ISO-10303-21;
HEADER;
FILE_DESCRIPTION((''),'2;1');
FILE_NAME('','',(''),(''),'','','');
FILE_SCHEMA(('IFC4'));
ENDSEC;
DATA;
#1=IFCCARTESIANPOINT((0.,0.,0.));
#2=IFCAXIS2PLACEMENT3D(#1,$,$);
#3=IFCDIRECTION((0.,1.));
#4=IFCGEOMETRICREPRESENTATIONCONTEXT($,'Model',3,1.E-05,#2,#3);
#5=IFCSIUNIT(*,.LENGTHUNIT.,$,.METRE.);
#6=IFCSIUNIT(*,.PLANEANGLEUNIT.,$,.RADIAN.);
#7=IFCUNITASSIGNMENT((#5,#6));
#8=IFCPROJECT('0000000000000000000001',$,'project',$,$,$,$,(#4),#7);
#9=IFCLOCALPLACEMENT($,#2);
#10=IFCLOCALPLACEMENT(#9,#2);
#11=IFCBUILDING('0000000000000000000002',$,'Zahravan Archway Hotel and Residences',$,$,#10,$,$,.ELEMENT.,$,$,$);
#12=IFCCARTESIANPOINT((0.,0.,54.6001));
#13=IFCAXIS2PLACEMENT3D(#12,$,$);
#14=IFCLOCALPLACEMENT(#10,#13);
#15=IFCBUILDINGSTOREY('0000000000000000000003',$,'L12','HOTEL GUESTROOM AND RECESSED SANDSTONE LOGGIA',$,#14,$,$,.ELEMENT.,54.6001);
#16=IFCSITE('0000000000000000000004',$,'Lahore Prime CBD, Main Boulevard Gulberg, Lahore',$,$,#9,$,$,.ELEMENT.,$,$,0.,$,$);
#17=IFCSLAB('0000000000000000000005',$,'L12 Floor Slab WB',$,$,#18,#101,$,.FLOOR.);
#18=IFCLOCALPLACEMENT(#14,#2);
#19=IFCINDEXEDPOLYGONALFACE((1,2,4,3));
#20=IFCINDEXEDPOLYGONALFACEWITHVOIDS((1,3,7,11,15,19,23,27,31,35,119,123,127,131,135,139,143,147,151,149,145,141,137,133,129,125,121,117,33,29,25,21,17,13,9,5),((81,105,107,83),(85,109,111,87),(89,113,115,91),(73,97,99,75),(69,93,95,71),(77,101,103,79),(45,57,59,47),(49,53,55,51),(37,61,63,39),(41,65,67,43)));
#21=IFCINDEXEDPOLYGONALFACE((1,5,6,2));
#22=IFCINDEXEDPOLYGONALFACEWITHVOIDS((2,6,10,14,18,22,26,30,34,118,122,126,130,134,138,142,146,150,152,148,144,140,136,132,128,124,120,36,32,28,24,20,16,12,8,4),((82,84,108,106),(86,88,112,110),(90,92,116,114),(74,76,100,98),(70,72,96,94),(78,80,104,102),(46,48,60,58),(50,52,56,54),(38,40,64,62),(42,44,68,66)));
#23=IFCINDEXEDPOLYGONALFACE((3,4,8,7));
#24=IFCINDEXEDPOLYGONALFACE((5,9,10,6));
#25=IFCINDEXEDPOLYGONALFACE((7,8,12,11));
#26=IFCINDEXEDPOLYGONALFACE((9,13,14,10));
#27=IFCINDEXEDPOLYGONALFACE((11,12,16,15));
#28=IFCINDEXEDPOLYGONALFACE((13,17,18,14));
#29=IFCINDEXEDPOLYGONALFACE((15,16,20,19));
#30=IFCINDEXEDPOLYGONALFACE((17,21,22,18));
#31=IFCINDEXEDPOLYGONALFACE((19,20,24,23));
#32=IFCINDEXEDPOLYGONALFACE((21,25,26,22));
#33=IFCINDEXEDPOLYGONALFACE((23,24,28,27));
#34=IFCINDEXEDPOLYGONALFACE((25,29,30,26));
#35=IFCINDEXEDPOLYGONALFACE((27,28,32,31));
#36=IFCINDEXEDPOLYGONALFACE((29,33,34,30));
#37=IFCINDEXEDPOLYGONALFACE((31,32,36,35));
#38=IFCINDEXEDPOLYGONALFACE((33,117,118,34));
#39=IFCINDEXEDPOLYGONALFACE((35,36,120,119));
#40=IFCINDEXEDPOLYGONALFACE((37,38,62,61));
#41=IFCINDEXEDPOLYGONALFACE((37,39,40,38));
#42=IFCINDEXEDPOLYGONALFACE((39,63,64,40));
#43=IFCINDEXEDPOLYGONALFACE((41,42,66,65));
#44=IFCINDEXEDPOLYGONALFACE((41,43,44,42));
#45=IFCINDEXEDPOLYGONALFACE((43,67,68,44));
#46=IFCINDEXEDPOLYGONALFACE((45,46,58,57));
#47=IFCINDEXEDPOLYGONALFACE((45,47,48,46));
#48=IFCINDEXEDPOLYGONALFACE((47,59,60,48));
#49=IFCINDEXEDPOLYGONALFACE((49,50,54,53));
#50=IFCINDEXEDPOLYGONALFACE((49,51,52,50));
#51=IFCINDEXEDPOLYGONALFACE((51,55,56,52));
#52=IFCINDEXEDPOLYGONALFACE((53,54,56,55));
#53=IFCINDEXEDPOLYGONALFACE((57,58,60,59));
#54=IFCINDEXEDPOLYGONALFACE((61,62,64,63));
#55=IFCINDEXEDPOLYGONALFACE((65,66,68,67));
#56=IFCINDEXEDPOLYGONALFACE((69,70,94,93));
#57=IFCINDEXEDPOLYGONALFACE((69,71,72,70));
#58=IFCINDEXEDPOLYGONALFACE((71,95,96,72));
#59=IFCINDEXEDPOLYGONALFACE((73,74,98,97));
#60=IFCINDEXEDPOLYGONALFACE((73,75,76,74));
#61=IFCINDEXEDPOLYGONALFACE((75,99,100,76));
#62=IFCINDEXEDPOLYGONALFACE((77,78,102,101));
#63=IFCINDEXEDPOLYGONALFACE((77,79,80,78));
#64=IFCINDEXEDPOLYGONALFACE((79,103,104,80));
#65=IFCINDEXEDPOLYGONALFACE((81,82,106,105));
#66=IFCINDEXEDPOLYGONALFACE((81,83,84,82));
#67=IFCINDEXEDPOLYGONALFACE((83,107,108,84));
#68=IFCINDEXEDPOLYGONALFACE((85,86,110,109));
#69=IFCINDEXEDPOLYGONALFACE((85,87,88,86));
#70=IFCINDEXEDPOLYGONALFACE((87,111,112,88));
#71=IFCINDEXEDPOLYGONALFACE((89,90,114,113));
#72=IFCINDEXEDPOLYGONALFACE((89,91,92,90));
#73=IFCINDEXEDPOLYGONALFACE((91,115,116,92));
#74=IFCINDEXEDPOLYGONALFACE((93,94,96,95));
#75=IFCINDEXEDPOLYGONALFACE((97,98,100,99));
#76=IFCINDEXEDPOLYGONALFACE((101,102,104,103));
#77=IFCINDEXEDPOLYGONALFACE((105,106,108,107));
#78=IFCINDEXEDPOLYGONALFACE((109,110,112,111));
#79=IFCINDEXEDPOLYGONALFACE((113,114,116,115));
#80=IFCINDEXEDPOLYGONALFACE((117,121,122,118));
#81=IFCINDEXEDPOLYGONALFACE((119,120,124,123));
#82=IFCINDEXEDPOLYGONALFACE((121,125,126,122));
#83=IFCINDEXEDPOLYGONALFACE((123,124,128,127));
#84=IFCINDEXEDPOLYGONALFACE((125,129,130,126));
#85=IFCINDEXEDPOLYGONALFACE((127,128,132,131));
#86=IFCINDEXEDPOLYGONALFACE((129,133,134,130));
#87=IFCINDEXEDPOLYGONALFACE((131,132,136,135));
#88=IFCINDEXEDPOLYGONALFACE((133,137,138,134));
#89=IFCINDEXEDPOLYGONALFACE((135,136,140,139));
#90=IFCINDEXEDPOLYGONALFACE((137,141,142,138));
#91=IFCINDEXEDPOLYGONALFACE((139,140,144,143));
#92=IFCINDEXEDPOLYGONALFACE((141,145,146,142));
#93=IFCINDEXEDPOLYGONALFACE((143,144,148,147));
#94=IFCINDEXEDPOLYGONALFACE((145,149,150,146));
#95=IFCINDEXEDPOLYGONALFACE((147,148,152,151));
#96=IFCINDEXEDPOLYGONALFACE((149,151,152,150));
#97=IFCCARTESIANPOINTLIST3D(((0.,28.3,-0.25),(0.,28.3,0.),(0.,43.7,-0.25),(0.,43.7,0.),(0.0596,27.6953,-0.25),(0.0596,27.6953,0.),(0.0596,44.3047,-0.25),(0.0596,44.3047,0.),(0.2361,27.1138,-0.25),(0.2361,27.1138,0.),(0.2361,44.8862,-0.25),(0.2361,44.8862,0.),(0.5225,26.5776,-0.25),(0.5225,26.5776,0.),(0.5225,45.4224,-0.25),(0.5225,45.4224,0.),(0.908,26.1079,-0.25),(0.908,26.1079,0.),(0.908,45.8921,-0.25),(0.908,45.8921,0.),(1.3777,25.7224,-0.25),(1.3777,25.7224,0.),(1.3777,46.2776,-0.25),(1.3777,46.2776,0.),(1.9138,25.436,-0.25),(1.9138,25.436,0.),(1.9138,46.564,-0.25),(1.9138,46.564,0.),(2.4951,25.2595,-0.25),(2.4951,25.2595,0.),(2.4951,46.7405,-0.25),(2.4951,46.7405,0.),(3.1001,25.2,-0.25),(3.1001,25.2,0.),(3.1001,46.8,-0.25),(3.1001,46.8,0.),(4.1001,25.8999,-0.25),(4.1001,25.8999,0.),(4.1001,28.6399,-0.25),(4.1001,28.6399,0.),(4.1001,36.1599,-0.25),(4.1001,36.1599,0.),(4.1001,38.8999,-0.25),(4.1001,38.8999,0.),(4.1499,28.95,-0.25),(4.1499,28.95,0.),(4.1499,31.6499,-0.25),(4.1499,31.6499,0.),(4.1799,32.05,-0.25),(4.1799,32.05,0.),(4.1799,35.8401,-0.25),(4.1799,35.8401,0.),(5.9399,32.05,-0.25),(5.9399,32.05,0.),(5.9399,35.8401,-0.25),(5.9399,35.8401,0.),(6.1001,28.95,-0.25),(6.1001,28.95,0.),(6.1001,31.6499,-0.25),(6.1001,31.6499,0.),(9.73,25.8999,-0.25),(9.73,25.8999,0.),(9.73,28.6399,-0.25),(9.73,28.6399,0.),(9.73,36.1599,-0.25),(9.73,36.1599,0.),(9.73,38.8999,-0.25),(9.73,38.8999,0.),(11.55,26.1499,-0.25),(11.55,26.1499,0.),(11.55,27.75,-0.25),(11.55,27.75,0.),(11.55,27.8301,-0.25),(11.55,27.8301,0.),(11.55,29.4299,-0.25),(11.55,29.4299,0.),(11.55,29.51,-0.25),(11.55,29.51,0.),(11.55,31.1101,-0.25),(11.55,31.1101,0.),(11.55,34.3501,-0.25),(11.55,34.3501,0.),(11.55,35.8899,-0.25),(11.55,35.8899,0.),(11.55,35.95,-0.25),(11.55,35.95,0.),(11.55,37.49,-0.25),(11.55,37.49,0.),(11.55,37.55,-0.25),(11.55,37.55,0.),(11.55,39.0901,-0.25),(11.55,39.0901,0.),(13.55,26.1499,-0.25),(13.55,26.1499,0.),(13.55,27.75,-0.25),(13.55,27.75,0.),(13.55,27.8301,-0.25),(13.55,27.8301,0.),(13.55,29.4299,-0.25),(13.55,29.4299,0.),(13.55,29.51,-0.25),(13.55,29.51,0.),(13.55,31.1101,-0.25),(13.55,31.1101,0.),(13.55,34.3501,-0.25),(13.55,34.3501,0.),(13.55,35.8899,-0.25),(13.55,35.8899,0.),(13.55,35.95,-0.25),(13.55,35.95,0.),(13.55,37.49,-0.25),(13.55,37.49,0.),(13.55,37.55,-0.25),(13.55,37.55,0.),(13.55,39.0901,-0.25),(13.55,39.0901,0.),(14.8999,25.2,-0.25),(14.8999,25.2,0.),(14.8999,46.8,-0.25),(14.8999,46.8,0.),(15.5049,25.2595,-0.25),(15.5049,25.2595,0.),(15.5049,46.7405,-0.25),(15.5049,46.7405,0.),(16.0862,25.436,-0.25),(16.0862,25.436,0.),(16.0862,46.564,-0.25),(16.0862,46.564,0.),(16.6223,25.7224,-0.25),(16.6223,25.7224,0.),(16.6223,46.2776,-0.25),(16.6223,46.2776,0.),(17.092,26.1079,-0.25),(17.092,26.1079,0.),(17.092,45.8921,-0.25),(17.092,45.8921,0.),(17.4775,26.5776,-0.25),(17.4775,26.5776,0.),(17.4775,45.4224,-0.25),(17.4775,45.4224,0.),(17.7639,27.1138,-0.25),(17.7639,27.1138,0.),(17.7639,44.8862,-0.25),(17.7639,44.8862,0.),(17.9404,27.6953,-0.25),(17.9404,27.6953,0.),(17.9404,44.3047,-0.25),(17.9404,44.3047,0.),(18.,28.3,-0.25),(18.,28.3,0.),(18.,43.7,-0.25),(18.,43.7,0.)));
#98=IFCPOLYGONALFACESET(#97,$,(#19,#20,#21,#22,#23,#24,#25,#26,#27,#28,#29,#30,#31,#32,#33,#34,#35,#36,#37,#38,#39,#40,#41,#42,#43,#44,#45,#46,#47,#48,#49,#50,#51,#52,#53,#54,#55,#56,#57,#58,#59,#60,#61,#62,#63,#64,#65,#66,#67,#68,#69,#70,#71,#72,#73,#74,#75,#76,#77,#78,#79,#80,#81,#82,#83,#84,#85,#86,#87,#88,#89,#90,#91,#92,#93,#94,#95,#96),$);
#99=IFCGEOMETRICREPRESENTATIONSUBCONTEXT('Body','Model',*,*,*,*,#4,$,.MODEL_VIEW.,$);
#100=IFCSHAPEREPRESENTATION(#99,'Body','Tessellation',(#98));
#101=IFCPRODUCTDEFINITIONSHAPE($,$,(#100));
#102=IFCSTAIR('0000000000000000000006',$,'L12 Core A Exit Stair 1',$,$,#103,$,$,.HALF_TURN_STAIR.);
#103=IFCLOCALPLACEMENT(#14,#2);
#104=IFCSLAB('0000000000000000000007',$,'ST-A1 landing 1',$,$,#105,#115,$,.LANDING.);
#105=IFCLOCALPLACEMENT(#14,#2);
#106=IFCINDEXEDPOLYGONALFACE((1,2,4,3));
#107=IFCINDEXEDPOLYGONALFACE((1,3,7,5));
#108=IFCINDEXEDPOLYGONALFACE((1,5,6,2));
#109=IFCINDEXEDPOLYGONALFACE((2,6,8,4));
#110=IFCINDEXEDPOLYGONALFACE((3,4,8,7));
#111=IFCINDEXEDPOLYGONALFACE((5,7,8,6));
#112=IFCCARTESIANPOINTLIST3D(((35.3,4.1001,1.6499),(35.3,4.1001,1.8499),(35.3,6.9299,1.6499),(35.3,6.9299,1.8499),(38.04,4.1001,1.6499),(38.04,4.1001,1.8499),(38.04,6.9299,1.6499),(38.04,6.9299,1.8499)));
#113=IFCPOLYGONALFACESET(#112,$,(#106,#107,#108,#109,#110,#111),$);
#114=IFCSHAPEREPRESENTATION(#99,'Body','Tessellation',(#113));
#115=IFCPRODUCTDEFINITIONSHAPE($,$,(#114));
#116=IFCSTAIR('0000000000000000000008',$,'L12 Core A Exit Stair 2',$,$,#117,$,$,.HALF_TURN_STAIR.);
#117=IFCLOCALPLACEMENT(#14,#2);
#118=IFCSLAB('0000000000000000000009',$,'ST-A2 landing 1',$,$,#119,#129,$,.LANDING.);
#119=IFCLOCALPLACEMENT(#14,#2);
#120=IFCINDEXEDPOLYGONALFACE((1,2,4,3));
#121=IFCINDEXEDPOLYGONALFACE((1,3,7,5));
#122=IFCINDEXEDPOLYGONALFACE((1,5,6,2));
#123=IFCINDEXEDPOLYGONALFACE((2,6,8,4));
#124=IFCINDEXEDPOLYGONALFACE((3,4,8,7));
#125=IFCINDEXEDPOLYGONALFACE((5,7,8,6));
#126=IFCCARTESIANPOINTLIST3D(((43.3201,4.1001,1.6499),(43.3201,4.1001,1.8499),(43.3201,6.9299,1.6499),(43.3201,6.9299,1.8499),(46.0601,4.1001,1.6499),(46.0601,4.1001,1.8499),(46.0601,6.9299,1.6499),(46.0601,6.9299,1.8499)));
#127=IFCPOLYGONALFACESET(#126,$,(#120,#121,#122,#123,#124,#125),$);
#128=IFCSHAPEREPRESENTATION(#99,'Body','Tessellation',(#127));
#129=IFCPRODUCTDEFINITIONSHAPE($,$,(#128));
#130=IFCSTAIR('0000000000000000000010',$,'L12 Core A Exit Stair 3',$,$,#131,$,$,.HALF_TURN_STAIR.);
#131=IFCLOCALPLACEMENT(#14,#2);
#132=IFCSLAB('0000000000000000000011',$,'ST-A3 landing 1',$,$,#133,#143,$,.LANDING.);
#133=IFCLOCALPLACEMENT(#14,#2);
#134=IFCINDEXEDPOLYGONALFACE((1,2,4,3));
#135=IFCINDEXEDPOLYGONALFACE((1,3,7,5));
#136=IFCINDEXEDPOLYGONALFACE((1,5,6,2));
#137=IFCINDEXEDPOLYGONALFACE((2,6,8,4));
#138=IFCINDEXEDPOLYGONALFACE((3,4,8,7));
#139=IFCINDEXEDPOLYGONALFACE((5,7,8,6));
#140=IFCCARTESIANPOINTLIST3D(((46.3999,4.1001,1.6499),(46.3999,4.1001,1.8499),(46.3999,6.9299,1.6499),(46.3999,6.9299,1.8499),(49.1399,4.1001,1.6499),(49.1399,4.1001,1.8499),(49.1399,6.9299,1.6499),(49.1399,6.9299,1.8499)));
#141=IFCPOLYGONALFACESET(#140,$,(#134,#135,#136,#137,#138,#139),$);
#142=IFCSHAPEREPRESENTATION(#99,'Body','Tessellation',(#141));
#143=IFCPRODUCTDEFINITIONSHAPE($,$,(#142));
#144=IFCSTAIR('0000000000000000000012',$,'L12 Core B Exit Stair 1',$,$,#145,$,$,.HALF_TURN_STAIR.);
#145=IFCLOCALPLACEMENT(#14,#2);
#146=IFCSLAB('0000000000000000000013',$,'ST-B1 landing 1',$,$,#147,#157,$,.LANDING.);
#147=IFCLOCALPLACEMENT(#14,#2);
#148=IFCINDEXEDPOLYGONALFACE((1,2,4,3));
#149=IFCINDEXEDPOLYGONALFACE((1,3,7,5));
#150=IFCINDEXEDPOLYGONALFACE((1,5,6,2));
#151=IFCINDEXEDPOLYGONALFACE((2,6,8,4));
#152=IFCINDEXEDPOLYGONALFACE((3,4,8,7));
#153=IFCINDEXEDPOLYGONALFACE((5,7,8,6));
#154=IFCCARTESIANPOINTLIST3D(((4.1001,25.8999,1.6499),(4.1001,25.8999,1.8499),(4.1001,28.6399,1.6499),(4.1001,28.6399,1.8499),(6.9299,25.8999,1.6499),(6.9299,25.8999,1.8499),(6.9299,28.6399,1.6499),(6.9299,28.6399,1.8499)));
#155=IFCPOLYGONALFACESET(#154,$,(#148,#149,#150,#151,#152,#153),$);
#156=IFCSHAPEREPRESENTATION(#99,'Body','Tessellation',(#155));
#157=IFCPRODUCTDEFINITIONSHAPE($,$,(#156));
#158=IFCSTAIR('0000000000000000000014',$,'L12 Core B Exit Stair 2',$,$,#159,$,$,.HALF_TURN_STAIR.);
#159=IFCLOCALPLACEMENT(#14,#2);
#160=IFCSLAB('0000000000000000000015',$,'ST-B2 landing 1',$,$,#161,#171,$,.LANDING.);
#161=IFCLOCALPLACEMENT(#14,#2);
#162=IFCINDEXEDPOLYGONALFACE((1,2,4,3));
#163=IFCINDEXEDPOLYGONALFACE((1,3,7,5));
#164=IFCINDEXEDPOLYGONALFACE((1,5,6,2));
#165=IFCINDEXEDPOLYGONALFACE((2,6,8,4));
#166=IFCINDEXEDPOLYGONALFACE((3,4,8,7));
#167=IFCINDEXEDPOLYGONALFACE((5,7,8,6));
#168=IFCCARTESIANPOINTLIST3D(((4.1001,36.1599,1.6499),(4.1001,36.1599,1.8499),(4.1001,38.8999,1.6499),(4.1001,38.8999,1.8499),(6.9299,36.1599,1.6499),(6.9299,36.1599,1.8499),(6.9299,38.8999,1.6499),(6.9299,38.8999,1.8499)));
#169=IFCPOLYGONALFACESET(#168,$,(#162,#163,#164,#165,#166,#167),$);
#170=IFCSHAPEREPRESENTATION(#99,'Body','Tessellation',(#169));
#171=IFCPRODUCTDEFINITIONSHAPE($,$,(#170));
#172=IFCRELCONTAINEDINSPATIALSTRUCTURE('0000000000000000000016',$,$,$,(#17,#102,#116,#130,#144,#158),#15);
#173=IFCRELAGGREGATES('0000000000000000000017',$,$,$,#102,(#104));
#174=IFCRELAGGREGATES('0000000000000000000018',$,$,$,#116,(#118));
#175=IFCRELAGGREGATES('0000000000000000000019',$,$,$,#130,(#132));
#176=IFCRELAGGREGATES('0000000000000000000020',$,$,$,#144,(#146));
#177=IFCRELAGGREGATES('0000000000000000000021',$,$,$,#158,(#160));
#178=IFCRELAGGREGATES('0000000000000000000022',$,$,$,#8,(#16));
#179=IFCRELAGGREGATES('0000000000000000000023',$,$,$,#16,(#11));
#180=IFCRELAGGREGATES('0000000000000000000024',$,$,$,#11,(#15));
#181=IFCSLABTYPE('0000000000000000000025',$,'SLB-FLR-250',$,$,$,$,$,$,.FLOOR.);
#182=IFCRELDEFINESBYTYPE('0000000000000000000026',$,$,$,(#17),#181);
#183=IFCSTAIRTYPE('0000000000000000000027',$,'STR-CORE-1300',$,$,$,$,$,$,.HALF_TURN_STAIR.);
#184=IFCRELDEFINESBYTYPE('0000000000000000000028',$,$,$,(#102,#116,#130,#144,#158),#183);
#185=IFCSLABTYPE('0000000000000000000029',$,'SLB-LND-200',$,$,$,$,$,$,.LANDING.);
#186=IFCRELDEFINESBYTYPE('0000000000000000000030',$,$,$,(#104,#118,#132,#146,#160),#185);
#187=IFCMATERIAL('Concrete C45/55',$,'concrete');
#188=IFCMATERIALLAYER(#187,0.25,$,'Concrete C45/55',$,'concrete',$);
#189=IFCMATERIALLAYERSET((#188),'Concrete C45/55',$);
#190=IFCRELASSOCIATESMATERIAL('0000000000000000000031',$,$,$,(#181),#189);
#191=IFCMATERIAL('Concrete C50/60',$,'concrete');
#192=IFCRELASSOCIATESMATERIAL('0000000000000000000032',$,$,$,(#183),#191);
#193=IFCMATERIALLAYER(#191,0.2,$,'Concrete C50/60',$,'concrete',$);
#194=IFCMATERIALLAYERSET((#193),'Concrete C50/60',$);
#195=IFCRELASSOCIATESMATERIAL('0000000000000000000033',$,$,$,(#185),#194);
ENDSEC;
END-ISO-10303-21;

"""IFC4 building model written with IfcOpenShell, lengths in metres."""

from ifc_helpers import new_model, si_unit, direction, frame, origin, place, context, subcontext, project, spatial, polyline, outline, extrude, material, layer, layer_set, type_object, element, aggregate, save


model = new_model("IFC4")

# Units and contexts
model_context = context("Model", 3, precision=1e-05, world=origin(), true_north=direction((0.0, 1.0)))
body_context = subcontext(model_context, "Body", "Model", "MODEL_VIEW")
ifc_project = project(units=[si_unit("LENGTHUNIT", "METRE"), si_unit("PLANEANGLEUNIT", "RADIAN")], contexts=[model_context])

# Site, building, storey
site_placement = place(None, origin())
site = spatial("IfcSite", under=ifc_project, at=site_placement, Name="Lahore Prime CBD, Main Boulevard Gulberg, Lahore", CompositionType="ELEMENT", RefElevation=0.0)
building_placement = place(site_placement, origin())
building = spatial("IfcBuilding", under=site, at=building_placement, Name="Zahravan Archway Hotel and Residences", CompositionType="ELEMENT")
storey_placement = place(building_placement, frame((0.0, 0.0, 54.6001)))
storey = spatial("IfcBuildingStorey", under=building, at=storey_placement, Name="L12", Description="HOTEL GUESTROOM AND RECESSED SANDSTONE LOGGIA", CompositionType="ELEMENT", Elevation=54.6001)

# Slab
ifc_material_1 = material(Name="Concrete C45/55", Category="concrete")
ifc_layer_1 = layer(ifc_material_1, 0.25, Name="Concrete C45/55", Category="concrete")
ifc_layer_set_1 = layer_set([ifc_layer_1], Name="Concrete C45/55")
slab_type_1 = type_object("IfcSlabType", Name="SLB-FLR-250", PredefinedType="FLOOR", material=ifc_layer_set_1)
slab_1_placement = place(storey_placement, frame((0.0, 0.0, -0.25)))
element("IfcSlab", 1, at=slab_1_placement, inside=storey, type_object=slab_type_1, Name="L12 Floor Slab WB", PredefinedType="FLOOR", context=body_context, shape_type="SweptSolid", body=[
    extrude(outline(polyline([(14.8999, 25.2), (15.5049, 25.2595), (16.0862, 25.436), (16.6223, 25.7224), (17.092, 26.1079), (17.4775, 26.5776), (17.7639, 27.1138), (17.9404, 27.6953), (18.0, 28.3), (18.0, 43.7), (17.9404, 44.3047), (17.7639, 44.8862), (17.4775, 45.4224), (17.092, 45.8921), (16.6223, 46.2776), (16.0862, 46.564), (15.5049, 46.7405), (14.8999, 46.8), (3.1001, 46.8), (2.4951, 46.7405), (1.9138, 46.564), (1.3777, 46.2776), (0.908, 45.8921), (0.5225, 45.4224), (0.2361, 44.8862), (0.0596, 44.3047), (0.0, 43.7), (0.0, 28.3), (0.0596, 27.6953), (0.2361, 27.1138), (0.5225, 26.5776), (0.908, 26.1079), (1.3777, 25.7224), (1.9138, 25.436), (2.4951, 25.2595), (3.1001, 25.2), (14.8999, 25.2)]), holes=[polyline([(9.73, 28.6399), (4.1001, 28.6399), (4.1001, 25.8999), (9.73, 25.8999), (9.73, 28.6399)]), polyline([(9.73, 38.8999), (4.1001, 38.8999), (4.1001, 36.1599), (9.73, 36.1599), (9.73, 38.8999)]), polyline([(4.1499, 28.95), (6.1001, 28.95), (6.1001, 31.6499), (4.1499, 31.6499), (4.1499, 28.95)]), polyline([(11.55, 26.1499), (13.55, 26.1499), (13.55, 27.75), (11.55, 27.75), (11.55, 26.1499)]), polyline([(11.55, 27.8301), (13.55, 27.8301), (13.55, 29.4299), (11.55, 29.4299), (11.55, 27.8301)]), polyline([(11.55, 29.51), (13.55, 29.51), (13.55, 31.1101), (11.55, 31.1101), (11.55, 29.51)]), polyline([(11.55, 34.3501), (13.55, 34.3501), (13.55, 35.8899), (11.55, 35.8899), (11.55, 34.3501)]), polyline([(11.55, 35.95), (13.55, 35.95), (13.55, 37.49), (11.55, 37.49), (11.55, 35.95)]), polyline([(11.55, 37.55), (13.55, 37.55), (13.55, 39.0901), (11.55, 39.0901), (11.55, 37.55)]), polyline([(4.1799, 32.05), (5.9399, 32.05), (5.9399, 35.8401), (4.1799, 35.8401), (4.1799, 32.05)])]), origin(), (0.0, 0.0, 1.0), 0.25),
])

# Stairs, slabs
ifc_material_2 = material(Name="Concrete C50/60", Category="concrete")
stair_type = type_object("IfcStairType", Name="STR-CORE-1300", PredefinedType="HALF_TURN_STAIR", material=ifc_material_2)
stair_1_placement = place(storey_placement, origin())
stair_1 = element("IfcStair", 2, at=stair_1_placement, inside=storey, type_object=stair_type, Name="L12 Core A Exit Stair 1", PredefinedType="HALF_TURN_STAIR")
ifc_layer_2 = layer(ifc_material_2, 0.2, Name="Concrete C50/60", Category="concrete")
ifc_layer_set_2 = layer_set([ifc_layer_2], Name="Concrete C50/60")
slab_type_2 = type_object("IfcSlabType", Name="SLB-LND-200", PredefinedType="LANDING", material=ifc_layer_set_2)
slab_2_placement = place(storey_placement, frame((0.0, 0.0, 1.6499)))
slab_2 = element("IfcSlab", 3, at=slab_2_placement, type_object=slab_type_2, Name="ST-A1 landing 1", PredefinedType="LANDING", context=body_context, shape_type="SweptSolid", body=[
    extrude(outline(polyline([(35.3, 6.9299), (35.3, 4.1001), (38.04, 4.1001), (38.04, 6.9299), (35.3, 6.9299)])), origin(), (0.0, 0.0, 1.0), 0.2),
])
aggregate(stair_1, [slab_2])
stair_2_placement = place(storey_placement, origin())
stair_2 = element("IfcStair", 4, at=stair_2_placement, inside=storey, type_object=stair_type, Name="L12 Core A Exit Stair 2", PredefinedType="HALF_TURN_STAIR")
slab_3_placement = place(storey_placement, frame((0.0, 0.0, 1.6499)))
slab_3 = element("IfcSlab", 5, at=slab_3_placement, type_object=slab_type_2, Name="ST-A2 landing 1", PredefinedType="LANDING", context=body_context, shape_type="SweptSolid", body=[
    extrude(outline(polyline([(43.3201, 6.9299), (43.3201, 4.1001), (46.0601, 4.1001), (46.0601, 6.9299), (43.3201, 6.9299)])), origin(), (0.0, 0.0, 1.0), 0.2),
])
aggregate(stair_2, [slab_3])
stair_3_placement = place(storey_placement, origin())
stair_3 = element("IfcStair", 6, at=stair_3_placement, inside=storey, type_object=stair_type, Name="L12 Core A Exit Stair 3", PredefinedType="HALF_TURN_STAIR")
slab_4_placement = place(storey_placement, frame((0.0, 0.0, 1.6499)))
slab_4 = element("IfcSlab", 7, at=slab_4_placement, type_object=slab_type_2, Name="ST-A3 landing 1", PredefinedType="LANDING", context=body_context, shape_type="SweptSolid", body=[
    extrude(outline(polyline([(46.3999, 6.9299), (46.3999, 4.1001), (49.1399, 4.1001), (49.1399, 6.9299), (46.3999, 6.9299)])), origin(), (0.0, 0.0, 1.0), 0.2),
])
aggregate(stair_3, [slab_4])
stair_4_placement = place(storey_placement, origin())
stair_4 = element("IfcStair", 8, at=stair_4_placement, inside=storey, type_object=stair_type, Name="L12 Core B Exit Stair 1", PredefinedType="HALF_TURN_STAIR")
slab_5_placement = place(storey_placement, frame((0.0, 0.0, 1.6499)))
slab_5 = element("IfcSlab", 9, at=slab_5_placement, type_object=slab_type_2, Name="ST-B1 landing 1", PredefinedType="LANDING", context=body_context, shape_type="SweptSolid", body=[
    extrude(outline(polyline([(6.9299, 28.6399), (4.1001, 28.6399), (4.1001, 25.8999), (6.9299, 25.8999), (6.9299, 28.6399)])), origin(), (0.0, 0.0, 1.0), 0.2),
])
aggregate(stair_4, [slab_5])
stair_5_placement = place(storey_placement, origin())
stair_5 = element("IfcStair", 10, at=stair_5_placement, inside=storey, type_object=stair_type, Name="L12 Core B Exit Stair 2", PredefinedType="HALF_TURN_STAIR")
slab_6_placement = place(storey_placement, frame((0.0, 0.0, 1.6499)))
slab_6 = element("IfcSlab", 11, at=slab_6_placement, type_object=slab_type_2, Name="ST-B2 landing 1", PredefinedType="LANDING", context=body_context, shape_type="SweptSolid", body=[
    extrude(outline(polyline([(6.9299, 38.8999), (4.1001, 38.8999), (4.1001, 36.1599), (6.9299, 36.1599), (6.9299, 38.8999)])), origin(), (0.0, 0.0, 1.0), 0.2),
])
aggregate(stair_5, [slab_6])

save(model, "model.ifc")
